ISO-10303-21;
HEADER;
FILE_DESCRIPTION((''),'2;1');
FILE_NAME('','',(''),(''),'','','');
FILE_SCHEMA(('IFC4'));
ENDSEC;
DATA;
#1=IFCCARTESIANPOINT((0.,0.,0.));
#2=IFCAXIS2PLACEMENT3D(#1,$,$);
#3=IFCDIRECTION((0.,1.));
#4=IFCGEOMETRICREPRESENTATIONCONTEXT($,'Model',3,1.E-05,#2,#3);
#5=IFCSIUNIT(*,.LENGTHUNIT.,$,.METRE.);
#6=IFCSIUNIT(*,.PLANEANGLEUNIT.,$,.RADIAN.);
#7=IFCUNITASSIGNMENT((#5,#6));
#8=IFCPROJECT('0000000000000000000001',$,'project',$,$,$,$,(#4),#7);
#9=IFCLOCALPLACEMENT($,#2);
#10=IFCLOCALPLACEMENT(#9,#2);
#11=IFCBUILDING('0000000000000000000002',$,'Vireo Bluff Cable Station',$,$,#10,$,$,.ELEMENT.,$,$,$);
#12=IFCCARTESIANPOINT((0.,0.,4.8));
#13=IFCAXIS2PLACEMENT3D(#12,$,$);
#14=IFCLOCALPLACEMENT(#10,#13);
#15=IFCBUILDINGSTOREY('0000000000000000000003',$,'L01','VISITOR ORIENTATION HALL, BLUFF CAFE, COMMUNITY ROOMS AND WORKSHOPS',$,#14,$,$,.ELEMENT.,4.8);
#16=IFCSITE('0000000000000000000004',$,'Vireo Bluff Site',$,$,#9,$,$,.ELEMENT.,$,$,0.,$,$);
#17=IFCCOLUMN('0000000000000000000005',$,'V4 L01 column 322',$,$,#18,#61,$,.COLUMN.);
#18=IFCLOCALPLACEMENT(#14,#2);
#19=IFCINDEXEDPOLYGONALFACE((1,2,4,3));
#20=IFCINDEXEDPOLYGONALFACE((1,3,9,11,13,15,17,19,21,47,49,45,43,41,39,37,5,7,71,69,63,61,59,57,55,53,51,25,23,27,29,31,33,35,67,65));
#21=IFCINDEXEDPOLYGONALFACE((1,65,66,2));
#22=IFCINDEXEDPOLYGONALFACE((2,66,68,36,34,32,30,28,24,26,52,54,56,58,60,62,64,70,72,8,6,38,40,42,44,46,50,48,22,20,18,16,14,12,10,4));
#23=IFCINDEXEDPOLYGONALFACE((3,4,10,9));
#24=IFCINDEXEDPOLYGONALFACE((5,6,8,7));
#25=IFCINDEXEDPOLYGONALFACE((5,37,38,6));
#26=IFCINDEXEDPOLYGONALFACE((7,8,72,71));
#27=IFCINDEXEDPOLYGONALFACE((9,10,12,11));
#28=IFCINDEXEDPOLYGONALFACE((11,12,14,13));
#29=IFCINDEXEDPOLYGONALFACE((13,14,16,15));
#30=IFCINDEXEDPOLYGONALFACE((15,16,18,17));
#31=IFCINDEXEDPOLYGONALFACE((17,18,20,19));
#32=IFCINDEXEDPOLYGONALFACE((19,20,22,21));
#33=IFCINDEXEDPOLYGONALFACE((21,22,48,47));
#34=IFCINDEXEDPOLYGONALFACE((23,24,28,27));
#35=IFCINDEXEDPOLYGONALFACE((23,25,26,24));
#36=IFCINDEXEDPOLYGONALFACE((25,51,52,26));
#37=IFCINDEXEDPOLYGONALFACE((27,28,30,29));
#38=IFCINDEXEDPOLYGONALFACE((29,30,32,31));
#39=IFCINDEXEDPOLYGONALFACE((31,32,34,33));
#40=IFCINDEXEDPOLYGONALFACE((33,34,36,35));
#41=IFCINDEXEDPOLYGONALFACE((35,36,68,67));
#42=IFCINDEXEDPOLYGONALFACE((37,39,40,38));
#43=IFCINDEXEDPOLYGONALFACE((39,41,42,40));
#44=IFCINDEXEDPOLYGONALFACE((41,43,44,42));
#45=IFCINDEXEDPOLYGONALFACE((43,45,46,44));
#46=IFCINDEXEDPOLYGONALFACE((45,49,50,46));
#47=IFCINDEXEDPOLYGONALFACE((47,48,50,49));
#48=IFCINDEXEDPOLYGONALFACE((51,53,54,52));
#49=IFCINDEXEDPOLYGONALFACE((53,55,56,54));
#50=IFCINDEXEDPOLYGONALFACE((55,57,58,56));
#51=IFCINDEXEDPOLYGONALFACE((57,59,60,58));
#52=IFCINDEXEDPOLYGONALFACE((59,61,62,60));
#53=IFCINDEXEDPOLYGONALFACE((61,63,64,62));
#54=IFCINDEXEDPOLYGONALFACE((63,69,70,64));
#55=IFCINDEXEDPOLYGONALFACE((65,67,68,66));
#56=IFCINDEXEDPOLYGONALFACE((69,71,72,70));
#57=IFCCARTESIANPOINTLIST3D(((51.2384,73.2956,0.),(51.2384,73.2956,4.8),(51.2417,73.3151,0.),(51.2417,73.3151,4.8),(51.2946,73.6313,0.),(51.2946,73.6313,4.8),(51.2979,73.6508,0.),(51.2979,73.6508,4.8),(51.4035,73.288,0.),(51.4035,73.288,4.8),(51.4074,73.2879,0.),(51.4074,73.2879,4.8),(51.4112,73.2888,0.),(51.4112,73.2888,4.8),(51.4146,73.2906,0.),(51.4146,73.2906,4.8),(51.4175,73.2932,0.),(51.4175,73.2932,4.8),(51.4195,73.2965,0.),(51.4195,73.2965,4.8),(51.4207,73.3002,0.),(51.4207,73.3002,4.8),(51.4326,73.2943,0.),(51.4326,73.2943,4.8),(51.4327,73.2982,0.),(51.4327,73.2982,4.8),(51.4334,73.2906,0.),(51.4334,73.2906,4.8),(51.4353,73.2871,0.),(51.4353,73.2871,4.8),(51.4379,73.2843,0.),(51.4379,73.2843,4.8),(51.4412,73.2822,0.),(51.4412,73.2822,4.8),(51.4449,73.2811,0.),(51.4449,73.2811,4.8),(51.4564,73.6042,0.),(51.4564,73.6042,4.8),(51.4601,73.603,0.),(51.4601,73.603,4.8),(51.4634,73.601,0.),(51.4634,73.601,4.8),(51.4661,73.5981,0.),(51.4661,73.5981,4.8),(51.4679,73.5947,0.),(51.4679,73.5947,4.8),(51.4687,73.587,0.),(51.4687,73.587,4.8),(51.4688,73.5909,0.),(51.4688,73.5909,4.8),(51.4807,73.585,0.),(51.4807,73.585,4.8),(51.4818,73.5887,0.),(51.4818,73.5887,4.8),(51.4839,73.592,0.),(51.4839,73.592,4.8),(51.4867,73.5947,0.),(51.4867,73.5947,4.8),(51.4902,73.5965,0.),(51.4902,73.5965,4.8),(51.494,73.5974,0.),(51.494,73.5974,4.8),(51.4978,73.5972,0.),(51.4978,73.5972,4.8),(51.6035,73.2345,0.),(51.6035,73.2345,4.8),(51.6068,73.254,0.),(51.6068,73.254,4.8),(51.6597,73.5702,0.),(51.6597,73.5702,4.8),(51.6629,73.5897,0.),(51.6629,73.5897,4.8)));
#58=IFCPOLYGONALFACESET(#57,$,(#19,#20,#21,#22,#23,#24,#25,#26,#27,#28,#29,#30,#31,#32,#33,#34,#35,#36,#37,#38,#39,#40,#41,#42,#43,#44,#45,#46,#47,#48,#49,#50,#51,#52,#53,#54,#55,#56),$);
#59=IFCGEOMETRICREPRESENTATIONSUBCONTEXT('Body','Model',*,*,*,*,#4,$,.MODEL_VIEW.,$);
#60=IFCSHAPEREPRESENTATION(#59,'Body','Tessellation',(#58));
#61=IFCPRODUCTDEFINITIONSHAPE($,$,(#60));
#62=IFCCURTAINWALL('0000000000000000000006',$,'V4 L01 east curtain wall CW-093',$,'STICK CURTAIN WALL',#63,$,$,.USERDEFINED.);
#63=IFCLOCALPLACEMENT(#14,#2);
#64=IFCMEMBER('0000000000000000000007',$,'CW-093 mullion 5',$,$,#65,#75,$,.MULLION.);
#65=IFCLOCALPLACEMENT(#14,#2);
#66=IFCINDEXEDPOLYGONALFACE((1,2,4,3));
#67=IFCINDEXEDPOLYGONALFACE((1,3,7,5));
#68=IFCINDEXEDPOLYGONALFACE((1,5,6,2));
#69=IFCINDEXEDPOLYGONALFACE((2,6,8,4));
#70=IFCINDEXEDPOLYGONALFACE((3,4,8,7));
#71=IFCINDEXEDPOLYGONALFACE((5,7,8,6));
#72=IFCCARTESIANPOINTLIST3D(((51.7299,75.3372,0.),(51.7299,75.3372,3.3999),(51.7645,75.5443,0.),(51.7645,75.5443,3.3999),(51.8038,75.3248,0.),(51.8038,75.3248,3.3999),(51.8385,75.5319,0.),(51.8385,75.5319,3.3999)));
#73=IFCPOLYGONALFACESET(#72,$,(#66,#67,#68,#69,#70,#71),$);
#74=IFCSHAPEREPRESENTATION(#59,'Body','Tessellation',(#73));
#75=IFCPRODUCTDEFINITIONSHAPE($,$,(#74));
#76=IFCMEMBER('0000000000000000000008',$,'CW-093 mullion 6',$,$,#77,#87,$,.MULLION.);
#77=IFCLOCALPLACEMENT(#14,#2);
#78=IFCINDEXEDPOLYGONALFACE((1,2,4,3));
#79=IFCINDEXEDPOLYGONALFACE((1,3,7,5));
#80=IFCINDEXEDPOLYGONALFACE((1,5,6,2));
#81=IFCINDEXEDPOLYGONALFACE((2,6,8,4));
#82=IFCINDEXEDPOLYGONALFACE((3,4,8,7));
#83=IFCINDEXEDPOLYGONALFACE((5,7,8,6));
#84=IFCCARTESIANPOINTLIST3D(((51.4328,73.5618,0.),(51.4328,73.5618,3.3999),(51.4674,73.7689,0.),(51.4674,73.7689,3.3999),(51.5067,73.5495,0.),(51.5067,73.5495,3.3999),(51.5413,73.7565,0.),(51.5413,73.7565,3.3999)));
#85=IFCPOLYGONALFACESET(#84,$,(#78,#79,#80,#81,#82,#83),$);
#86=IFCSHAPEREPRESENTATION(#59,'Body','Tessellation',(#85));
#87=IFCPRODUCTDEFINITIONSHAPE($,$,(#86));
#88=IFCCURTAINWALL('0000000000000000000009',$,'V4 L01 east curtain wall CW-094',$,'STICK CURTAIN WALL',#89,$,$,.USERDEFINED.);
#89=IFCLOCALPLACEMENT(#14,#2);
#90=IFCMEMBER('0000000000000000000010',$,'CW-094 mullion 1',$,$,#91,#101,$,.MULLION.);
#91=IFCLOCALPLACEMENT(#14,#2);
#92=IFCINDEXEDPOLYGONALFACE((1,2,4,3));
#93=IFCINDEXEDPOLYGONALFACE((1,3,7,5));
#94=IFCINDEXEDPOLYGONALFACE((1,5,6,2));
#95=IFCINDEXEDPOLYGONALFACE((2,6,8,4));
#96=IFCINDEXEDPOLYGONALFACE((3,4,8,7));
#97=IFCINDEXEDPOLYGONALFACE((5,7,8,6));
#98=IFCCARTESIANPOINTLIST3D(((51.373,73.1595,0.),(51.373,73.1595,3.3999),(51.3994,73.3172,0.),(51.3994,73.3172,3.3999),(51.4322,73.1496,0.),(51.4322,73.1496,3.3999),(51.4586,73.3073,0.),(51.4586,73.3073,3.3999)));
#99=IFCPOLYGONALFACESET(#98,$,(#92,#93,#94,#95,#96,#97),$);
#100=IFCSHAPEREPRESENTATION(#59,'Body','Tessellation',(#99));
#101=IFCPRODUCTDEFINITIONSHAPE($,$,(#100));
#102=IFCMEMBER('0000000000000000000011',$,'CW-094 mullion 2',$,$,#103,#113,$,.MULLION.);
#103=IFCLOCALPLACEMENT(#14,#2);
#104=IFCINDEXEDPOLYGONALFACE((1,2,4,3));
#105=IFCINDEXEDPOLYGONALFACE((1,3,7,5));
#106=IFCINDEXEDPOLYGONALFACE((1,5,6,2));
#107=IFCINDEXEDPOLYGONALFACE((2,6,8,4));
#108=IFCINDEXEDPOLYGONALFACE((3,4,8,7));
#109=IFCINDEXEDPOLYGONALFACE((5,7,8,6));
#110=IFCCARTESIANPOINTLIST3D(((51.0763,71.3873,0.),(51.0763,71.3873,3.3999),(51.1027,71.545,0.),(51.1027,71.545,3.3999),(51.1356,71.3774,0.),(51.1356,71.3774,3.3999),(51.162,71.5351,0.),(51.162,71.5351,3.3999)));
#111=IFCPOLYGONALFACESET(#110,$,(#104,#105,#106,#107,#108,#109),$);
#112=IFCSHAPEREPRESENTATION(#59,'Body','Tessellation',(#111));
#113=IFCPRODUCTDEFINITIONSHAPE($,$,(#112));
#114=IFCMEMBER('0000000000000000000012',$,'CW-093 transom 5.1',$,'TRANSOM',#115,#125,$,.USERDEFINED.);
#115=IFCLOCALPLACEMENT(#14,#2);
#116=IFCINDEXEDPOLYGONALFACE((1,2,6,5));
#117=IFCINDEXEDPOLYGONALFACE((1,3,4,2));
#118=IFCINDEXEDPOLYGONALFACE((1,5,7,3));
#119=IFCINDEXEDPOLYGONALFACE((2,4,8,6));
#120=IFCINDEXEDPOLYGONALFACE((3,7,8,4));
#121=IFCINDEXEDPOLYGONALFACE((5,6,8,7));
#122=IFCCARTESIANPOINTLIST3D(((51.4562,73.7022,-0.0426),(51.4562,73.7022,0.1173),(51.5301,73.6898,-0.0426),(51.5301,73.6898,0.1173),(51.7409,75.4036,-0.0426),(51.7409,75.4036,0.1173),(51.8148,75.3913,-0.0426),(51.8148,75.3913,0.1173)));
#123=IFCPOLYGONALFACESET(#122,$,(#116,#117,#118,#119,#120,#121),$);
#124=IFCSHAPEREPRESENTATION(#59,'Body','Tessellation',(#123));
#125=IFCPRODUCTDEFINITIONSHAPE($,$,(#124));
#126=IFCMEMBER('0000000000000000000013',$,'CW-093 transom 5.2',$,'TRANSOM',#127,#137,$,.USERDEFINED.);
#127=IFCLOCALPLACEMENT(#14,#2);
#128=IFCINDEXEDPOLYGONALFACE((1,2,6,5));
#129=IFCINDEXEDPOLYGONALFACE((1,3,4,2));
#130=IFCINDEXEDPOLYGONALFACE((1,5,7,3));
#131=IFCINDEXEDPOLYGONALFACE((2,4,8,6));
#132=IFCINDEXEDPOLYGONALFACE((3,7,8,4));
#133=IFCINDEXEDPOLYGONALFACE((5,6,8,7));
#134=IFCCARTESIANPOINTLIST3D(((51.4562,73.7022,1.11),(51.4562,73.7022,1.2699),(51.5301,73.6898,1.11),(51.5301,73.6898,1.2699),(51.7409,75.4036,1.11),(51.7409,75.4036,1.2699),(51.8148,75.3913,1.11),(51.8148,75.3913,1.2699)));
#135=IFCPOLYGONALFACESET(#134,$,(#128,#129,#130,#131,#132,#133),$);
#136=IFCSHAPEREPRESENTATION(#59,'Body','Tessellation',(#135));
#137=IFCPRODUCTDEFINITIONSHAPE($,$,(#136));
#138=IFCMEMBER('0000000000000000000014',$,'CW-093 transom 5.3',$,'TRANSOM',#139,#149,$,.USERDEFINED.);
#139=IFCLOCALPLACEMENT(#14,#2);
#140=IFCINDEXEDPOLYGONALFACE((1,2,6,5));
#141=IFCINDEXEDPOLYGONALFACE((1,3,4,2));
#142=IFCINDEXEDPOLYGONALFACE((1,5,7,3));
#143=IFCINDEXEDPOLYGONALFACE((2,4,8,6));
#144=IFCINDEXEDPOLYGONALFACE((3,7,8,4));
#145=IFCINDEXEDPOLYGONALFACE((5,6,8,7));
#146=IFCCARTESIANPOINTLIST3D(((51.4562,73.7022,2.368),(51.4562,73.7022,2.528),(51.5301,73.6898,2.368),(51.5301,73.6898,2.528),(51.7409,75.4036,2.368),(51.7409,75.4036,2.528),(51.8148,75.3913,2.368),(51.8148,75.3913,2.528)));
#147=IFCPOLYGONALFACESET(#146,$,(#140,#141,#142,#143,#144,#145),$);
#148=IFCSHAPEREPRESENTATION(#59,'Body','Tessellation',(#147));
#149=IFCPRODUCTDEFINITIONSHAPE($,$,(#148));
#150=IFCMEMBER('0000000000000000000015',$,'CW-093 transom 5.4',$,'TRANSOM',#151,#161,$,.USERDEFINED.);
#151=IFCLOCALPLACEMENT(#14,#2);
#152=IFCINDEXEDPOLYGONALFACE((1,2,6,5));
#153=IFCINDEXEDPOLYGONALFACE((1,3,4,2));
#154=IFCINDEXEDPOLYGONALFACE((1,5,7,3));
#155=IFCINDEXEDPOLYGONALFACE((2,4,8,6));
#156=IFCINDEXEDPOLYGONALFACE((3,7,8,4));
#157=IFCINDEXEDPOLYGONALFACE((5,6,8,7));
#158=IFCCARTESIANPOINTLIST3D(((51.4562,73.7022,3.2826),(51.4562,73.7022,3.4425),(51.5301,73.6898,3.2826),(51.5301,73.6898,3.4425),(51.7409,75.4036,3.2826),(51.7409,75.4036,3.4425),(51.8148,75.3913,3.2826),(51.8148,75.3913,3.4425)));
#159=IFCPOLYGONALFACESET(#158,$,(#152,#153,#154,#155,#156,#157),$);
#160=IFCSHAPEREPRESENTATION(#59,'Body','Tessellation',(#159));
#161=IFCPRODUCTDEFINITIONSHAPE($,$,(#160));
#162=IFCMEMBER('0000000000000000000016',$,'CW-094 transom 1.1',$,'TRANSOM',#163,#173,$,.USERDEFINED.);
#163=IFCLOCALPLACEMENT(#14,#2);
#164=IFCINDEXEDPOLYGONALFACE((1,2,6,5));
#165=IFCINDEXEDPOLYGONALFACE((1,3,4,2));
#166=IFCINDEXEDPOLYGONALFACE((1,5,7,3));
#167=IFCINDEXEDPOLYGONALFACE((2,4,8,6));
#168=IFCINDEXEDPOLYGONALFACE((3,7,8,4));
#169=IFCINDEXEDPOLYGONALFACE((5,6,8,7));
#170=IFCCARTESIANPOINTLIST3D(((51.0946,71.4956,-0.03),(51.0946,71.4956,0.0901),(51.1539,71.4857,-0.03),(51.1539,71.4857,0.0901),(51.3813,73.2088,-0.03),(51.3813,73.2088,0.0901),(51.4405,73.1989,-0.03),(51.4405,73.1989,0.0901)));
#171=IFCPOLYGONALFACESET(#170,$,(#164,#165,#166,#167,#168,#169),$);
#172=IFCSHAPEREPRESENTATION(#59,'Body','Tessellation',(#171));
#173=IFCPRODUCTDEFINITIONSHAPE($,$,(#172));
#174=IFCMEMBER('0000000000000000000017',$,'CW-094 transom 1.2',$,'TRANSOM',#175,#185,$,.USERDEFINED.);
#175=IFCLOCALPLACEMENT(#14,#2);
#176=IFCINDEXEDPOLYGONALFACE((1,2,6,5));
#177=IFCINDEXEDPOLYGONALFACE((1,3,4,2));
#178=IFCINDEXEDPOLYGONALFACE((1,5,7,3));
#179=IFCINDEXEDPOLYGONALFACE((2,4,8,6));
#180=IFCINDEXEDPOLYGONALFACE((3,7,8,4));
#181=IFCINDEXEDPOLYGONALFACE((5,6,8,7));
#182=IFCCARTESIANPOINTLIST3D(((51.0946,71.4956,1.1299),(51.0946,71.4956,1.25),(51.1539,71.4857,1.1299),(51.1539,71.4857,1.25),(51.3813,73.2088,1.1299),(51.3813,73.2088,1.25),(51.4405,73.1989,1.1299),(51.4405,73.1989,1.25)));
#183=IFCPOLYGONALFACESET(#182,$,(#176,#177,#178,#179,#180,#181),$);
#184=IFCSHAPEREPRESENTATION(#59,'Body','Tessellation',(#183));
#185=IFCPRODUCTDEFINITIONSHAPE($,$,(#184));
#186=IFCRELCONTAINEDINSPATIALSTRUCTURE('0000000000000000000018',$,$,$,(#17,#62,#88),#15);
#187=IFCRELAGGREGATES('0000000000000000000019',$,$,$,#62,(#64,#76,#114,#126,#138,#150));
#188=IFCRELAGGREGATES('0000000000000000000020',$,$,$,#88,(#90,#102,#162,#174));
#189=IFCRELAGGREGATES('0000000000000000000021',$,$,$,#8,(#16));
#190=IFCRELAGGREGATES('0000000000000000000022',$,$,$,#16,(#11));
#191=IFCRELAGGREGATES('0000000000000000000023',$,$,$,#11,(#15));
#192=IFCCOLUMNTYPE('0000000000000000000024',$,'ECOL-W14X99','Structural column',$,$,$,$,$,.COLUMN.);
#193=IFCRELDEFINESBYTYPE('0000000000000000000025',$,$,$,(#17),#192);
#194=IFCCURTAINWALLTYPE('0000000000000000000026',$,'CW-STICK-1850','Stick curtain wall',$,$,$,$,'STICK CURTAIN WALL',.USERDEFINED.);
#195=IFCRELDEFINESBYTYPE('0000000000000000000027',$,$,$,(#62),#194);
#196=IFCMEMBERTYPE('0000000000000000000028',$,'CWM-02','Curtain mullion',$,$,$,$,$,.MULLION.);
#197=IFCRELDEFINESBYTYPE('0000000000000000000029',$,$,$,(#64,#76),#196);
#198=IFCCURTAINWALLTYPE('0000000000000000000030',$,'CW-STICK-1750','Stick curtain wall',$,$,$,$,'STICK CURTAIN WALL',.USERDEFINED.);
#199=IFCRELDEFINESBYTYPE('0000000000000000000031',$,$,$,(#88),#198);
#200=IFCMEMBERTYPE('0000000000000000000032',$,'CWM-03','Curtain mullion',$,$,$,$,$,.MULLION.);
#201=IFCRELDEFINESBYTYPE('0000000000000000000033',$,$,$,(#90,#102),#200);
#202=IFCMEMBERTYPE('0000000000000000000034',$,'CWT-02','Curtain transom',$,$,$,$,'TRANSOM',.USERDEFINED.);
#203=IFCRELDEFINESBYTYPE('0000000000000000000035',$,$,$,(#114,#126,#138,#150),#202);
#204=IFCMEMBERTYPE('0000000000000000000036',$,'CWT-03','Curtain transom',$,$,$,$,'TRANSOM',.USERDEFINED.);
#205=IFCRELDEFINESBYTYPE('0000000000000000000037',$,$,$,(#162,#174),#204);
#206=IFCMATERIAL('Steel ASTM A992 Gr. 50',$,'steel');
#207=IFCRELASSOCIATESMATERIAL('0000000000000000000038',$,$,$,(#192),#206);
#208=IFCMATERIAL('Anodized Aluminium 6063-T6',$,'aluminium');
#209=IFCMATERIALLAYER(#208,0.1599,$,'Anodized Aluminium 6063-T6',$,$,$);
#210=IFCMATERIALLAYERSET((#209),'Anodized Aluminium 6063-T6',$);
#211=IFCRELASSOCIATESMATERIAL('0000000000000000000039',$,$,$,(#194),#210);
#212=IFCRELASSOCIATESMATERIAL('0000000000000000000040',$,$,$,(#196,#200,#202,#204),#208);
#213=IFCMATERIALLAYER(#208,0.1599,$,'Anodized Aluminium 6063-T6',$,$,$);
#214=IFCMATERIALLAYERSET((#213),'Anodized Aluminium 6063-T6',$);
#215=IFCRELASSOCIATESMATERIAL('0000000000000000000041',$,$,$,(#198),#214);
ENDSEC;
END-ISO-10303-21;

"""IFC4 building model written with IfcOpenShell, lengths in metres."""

from ifc_helpers import new_model, si_unit, direction, frame, origin, origin_2d, place, context, subcontext, project, spatial, rectangle, i_section, extrude, material, layer, layer_set, material_profile, profile_set, type_object, element, aggregate, save


model = new_model("IFC4")

# Units and contexts
model_context = context("Model", 3, precision=1e-05, world=origin(), true_north=direction((0.0, 1.0)))
body_context = subcontext(model_context, "Body", "Model", "MODEL_VIEW")
ifc_project = project(units=[si_unit("LENGTHUNIT", "METRE"), si_unit("PLANEANGLEUNIT", "RADIAN")], contexts=[model_context])

# Site, building, storey
site_placement = place(None, origin())
site = spatial("IfcSite", under=ifc_project, at=site_placement, Name="Vireo Bluff Site", CompositionType="ELEMENT", RefElevation=0.0)
building_placement = place(site_placement, origin())
building = spatial("IfcBuilding", under=site, at=building_placement, Name="Vireo Bluff Cable Station", CompositionType="ELEMENT")
storey_placement = place(building_placement, frame((0.0, 0.0, 4.8)))
storey = spatial("IfcBuildingStorey", under=building, at=storey_placement, Name="L01", Description="VISITOR ORIENTATION HALL, BLUFF CAFE, COMMUNITY ROOMS AND WORKSHOPS", CompositionType="ELEMENT", Elevation=4.8)

# Column
ifc_material_1 = material(Name="Steel ASTM A992 Gr. 50", Category="steel")
ifc_material_profile_1 = material_profile(ifc_material_1, i_section(OverallWidth=0.3701, OverallDepth=0.3601, WebThickness=0.0122, FlangeThickness=0.0198, FilletRadius=0.0149, at=origin_2d()), Name="W14X99")
ifc_profile_set_1 = profile_set([ifc_material_profile_1], Name="Steel ASTM A992 Gr. 50")
column_type = type_object("IfcColumnType", Name="ECOL-W14X99", Description="Structural column", PredefinedType="COLUMN", material=ifc_profile_set_1)
column_placement = place(storey_placement, frame((51.4507, 73.4426, 0.0), z_axis=(0.0, 0.0, 1.0), x_axis=(0.986286, -0.165048, 0.0)))
element("IfcColumn", 1, at=column_placement, inside=storey, type_object=column_type, Name="V4 L01 column 322", PredefinedType="COLUMN", context=body_context, shape_type="SweptSolid", body=[
    extrude(i_section(OverallWidth=0.3701, OverallDepth=0.3601, WebThickness=0.0122, FlangeThickness=0.0198, FilletRadius=0.0149, at=origin_2d()), origin(), (0.0, 0.0, 1.0), 4.8),
])

# Curtain walls, members
ifc_material_2 = material(Name="Anodized Aluminium 6063-T6", Category="aluminium")
ifc_layer_1 = layer(ifc_material_2, 0.1599, Name="Anodized Aluminium 6063-T6")
ifc_layer_set_1 = layer_set([ifc_layer_1], Name="Anodized Aluminium 6063-T6")
curtain_wall_type_1 = type_object("IfcCurtainWallType", Name="CW-STICK-1850", Description="Stick curtain wall", ElementType="STICK CURTAIN WALL", PredefinedType="USERDEFINED", material=ifc_layer_set_1)
curtain_wall_1_placement = place(storey_placement, origin())
curtain_wall_1 = element("IfcCurtainWall", 2, at=curtain_wall_1_placement, inside=storey, type_object=curtain_wall_type_1, Name="V4 L01 east curtain wall CW-093", ObjectType="STICK CURTAIN WALL", PredefinedType="USERDEFINED")
ifc_material_profile_2 = material_profile(ifc_material_2, rectangle(XDim=0.075, YDim=0.21, at=origin_2d()), Name="ALU-M-75X210")
ifc_profile_set_2 = profile_set([ifc_material_profile_2], Name="Anodized Aluminium 6063-T6")
member_type_1 = type_object("IfcMemberType", Name="CWM-02", Description="Curtain mullion", PredefinedType="MULLION", material=ifc_profile_set_2)
member_1_placement = place(storey_placement, frame((51.7842, 75.4346, 0.0), z_axis=(0.0, 0.0, 1.0), x_axis=(0.986286, -0.165048, 0.0)))
member_1 = element("IfcMember", 3, at=member_1_placement, type_object=member_type_1, Name="CW-093 mullion 5", PredefinedType="MULLION", context=body_context, shape_type="SweptSolid", body=[
    extrude(rectangle(XDim=0.075, YDim=0.21, at=origin_2d()), origin(), (0.0, 0.0, 1.0), 3.3999),
])
member_2_placement = place(storey_placement, frame((51.4871, 73.6592, 0.0), z_axis=(0.0, 0.0, 1.0), x_axis=(0.986286, -0.165048, 0.0)))
member_2 = element("IfcMember", 4, at=member_2_placement, type_object=member_type_1, Name="CW-093 mullion 6", PredefinedType="MULLION", context=body_context, shape_type="SweptSolid", body=[
    extrude(rectangle(XDim=0.075, YDim=0.21, at=origin_2d()), origin(), (0.0, 0.0, 1.0), 3.3999),
])
ifc_layer_2 = layer(ifc_material_2, 0.1599, Name="Anodized Aluminium 6063-T6")
ifc_layer_set_2 = layer_set([ifc_layer_2], Name="Anodized Aluminium 6063-T6")
curtain_wall_type_2 = type_object("IfcCurtainWallType", Name="CW-STICK-1750", Description="Stick curtain wall", ElementType="STICK CURTAIN WALL", PredefinedType="USERDEFINED", material=ifc_layer_set_2)
curtain_wall_2_placement = place(storey_placement, origin())
curtain_wall_2 = element("IfcCurtainWall", 5, at=curtain_wall_2_placement, inside=storey, type_object=curtain_wall_type_2, Name="V4 L01 east curtain wall CW-094", ObjectType="STICK CURTAIN WALL", PredefinedType="USERDEFINED")
ifc_material_profile_3 = material_profile(ifc_material_2, rectangle(XDim=0.0601, YDim=0.1599, at=origin_2d()), Name="ALU-M-60X160")
ifc_profile_set_3 = profile_set([ifc_material_profile_3], Name="Anodized Aluminium 6063-T6")
member_type_2 = type_object("IfcMemberType", Name="CWM-03", Description="Curtain mullion", PredefinedType="MULLION", material=ifc_profile_set_3)
member_3_placement = place(storey_placement, frame((51.4158, 73.2334, 0.0), z_axis=(0.0, 0.0, 1.0), x_axis=(0.986286, -0.165048, 0.0)))
member_3 = element("IfcMember", 6, at=member_3_placement, type_object=member_type_2, Name="CW-094 mullion 1", PredefinedType="MULLION", context=body_context, shape_type="SweptSolid", body=[
    extrude(rectangle(XDim=0.0601, YDim=0.1599, at=origin_2d()), origin(), (0.0, 0.0, 1.0), 3.3999),
])
member_4_placement = place(storey_placement, frame((51.1191, 71.4612, 0.0), z_axis=(0.0, 0.0, 1.0), x_axis=(0.986286, -0.165048, 0.0)))
member_4 = element("IfcMember", 7, at=member_4_placement, type_object=member_type_2, Name="CW-094 mullion 2", PredefinedType="MULLION", context=body_context, shape_type="SweptSolid", body=[
    extrude(rectangle(XDim=0.0601, YDim=0.1599, at=origin_2d()), origin(), (0.0, 0.0, 1.0), 3.3999),
])

# Members
ifc_material_profile_4 = material_profile(ifc_material_2, rectangle(XDim=0.075, YDim=0.1599, at=origin_2d()), Name="ALU-T-75X160")
ifc_profile_set_4 = profile_set([ifc_material_profile_4], Name="Anodized Aluminium 6063-T6")
member_type_3 = type_object("IfcMemberType", Name="CWT-02", Description="Curtain transom", ElementType="TRANSOM", PredefinedType="USERDEFINED", material=ifc_profile_set_4)
member_5_placement = place(storey_placement, frame((51.7778, 75.3975, 0.0374), z_axis=(-0.165019, -0.98629, 0.0), x_axis=(0.98629, -0.165019, 0.0)))
member_5 = element("IfcMember", 8, at=member_5_placement, type_object=member_type_3, Name="CW-093 transom 5.1", ObjectType="TRANSOM", PredefinedType="USERDEFINED", context=body_context, shape_type="SweptSolid", body=[
    extrude(rectangle(XDim=0.075, YDim=0.1599, at=origin_2d()), origin(), (0.0, 0.0, 1.0), 1.7251),
])
member_6_placement = place(storey_placement, frame((51.7778, 75.3975, 1.1899), z_axis=(-0.165019, -0.98629, 0.0), x_axis=(0.98629, -0.165019, 0.0)))
member_6 = element("IfcMember", 9, at=member_6_placement, type_object=member_type_3, Name="CW-093 transom 5.2", ObjectType="TRANSOM", PredefinedType="USERDEFINED", context=body_context, shape_type="SweptSolid", body=[
    extrude(rectangle(XDim=0.075, YDim=0.1599, at=origin_2d()), origin(), (0.0, 0.0, 1.0), 1.7251),
])
member_7_placement = place(storey_placement, frame((51.7778, 75.3975, 2.448), z_axis=(-0.165019, -0.98629, 0.0), x_axis=(0.98629, -0.165019, 0.0)))
member_7 = element("IfcMember", 10, at=member_7_placement, type_object=member_type_3, Name="CW-093 transom 5.3", ObjectType="TRANSOM", PredefinedType="USERDEFINED", context=body_context, shape_type="SweptSolid", body=[
    extrude(rectangle(XDim=0.075, YDim=0.1599, at=origin_2d()), origin(), (0.0, 0.0, 1.0), 1.7251),
])
member_8_placement = place(storey_placement, frame((51.7778, 75.3975, 3.3625), z_axis=(-0.165019, -0.98629, 0.0), x_axis=(0.98629, -0.165019, 0.0)))
member_8 = element("IfcMember", 11, at=member_8_placement, type_object=member_type_3, Name="CW-093 transom 5.4", ObjectType="TRANSOM", PredefinedType="USERDEFINED", context=body_context, shape_type="SweptSolid", body=[
    extrude(rectangle(XDim=0.075, YDim=0.1599, at=origin_2d()), origin(), (0.0, 0.0, 1.0), 1.7251),
])
ifc_material_profile_5 = material_profile(ifc_material_2, rectangle(XDim=0.0601, YDim=0.1201, at=origin_2d()), Name="ALU-T-60X120")
ifc_profile_set_5 = profile_set([ifc_material_profile_5], Name="Anodized Aluminium 6063-T6")
member_type_4 = type_object("IfcMemberType", Name="CWT-03", Description="Curtain transom", ElementType="TRANSOM", PredefinedType="USERDEFINED", material=ifc_profile_set_5)
member_9_placement = place(storey_placement, frame((51.4109, 73.2039, 0.03), z_axis=(-0.165014, -0.986291, 0.0), x_axis=(0.986291, -0.165014, 0.0)))
member_9 = element("IfcMember", 12, at=member_9_placement, type_object=member_type_4, Name="CW-094 transom 1.1", ObjectType="TRANSOM", PredefinedType="USERDEFINED", context=body_context, shape_type="SweptSolid", body=[
    extrude(rectangle(XDim=0.0601, YDim=0.1201, at=origin_2d()), origin(), (0.0, 0.0, 1.0), 1.7371),
])
member_10_placement = place(storey_placement, frame((51.4109, 73.2039, 1.1899), z_axis=(-0.165014, -0.986291, 0.0), x_axis=(0.986291, -0.165014, 0.0)))
member_10 = element("IfcMember", 13, at=member_10_placement, type_object=member_type_4, Name="CW-094 transom 1.2", ObjectType="TRANSOM", PredefinedType="USERDEFINED", context=body_context, shape_type="SweptSolid", body=[
    extrude(rectangle(XDim=0.0601, YDim=0.1201, at=origin_2d()), origin(), (0.0, 0.0, 1.0), 1.7371),
])

aggregate(curtain_wall_1, [member_1, member_2, member_5, member_6, member_7, member_8])
aggregate(curtain_wall_2, [member_3, member_4, member_9, member_10])

save(model, "model.ifc")
